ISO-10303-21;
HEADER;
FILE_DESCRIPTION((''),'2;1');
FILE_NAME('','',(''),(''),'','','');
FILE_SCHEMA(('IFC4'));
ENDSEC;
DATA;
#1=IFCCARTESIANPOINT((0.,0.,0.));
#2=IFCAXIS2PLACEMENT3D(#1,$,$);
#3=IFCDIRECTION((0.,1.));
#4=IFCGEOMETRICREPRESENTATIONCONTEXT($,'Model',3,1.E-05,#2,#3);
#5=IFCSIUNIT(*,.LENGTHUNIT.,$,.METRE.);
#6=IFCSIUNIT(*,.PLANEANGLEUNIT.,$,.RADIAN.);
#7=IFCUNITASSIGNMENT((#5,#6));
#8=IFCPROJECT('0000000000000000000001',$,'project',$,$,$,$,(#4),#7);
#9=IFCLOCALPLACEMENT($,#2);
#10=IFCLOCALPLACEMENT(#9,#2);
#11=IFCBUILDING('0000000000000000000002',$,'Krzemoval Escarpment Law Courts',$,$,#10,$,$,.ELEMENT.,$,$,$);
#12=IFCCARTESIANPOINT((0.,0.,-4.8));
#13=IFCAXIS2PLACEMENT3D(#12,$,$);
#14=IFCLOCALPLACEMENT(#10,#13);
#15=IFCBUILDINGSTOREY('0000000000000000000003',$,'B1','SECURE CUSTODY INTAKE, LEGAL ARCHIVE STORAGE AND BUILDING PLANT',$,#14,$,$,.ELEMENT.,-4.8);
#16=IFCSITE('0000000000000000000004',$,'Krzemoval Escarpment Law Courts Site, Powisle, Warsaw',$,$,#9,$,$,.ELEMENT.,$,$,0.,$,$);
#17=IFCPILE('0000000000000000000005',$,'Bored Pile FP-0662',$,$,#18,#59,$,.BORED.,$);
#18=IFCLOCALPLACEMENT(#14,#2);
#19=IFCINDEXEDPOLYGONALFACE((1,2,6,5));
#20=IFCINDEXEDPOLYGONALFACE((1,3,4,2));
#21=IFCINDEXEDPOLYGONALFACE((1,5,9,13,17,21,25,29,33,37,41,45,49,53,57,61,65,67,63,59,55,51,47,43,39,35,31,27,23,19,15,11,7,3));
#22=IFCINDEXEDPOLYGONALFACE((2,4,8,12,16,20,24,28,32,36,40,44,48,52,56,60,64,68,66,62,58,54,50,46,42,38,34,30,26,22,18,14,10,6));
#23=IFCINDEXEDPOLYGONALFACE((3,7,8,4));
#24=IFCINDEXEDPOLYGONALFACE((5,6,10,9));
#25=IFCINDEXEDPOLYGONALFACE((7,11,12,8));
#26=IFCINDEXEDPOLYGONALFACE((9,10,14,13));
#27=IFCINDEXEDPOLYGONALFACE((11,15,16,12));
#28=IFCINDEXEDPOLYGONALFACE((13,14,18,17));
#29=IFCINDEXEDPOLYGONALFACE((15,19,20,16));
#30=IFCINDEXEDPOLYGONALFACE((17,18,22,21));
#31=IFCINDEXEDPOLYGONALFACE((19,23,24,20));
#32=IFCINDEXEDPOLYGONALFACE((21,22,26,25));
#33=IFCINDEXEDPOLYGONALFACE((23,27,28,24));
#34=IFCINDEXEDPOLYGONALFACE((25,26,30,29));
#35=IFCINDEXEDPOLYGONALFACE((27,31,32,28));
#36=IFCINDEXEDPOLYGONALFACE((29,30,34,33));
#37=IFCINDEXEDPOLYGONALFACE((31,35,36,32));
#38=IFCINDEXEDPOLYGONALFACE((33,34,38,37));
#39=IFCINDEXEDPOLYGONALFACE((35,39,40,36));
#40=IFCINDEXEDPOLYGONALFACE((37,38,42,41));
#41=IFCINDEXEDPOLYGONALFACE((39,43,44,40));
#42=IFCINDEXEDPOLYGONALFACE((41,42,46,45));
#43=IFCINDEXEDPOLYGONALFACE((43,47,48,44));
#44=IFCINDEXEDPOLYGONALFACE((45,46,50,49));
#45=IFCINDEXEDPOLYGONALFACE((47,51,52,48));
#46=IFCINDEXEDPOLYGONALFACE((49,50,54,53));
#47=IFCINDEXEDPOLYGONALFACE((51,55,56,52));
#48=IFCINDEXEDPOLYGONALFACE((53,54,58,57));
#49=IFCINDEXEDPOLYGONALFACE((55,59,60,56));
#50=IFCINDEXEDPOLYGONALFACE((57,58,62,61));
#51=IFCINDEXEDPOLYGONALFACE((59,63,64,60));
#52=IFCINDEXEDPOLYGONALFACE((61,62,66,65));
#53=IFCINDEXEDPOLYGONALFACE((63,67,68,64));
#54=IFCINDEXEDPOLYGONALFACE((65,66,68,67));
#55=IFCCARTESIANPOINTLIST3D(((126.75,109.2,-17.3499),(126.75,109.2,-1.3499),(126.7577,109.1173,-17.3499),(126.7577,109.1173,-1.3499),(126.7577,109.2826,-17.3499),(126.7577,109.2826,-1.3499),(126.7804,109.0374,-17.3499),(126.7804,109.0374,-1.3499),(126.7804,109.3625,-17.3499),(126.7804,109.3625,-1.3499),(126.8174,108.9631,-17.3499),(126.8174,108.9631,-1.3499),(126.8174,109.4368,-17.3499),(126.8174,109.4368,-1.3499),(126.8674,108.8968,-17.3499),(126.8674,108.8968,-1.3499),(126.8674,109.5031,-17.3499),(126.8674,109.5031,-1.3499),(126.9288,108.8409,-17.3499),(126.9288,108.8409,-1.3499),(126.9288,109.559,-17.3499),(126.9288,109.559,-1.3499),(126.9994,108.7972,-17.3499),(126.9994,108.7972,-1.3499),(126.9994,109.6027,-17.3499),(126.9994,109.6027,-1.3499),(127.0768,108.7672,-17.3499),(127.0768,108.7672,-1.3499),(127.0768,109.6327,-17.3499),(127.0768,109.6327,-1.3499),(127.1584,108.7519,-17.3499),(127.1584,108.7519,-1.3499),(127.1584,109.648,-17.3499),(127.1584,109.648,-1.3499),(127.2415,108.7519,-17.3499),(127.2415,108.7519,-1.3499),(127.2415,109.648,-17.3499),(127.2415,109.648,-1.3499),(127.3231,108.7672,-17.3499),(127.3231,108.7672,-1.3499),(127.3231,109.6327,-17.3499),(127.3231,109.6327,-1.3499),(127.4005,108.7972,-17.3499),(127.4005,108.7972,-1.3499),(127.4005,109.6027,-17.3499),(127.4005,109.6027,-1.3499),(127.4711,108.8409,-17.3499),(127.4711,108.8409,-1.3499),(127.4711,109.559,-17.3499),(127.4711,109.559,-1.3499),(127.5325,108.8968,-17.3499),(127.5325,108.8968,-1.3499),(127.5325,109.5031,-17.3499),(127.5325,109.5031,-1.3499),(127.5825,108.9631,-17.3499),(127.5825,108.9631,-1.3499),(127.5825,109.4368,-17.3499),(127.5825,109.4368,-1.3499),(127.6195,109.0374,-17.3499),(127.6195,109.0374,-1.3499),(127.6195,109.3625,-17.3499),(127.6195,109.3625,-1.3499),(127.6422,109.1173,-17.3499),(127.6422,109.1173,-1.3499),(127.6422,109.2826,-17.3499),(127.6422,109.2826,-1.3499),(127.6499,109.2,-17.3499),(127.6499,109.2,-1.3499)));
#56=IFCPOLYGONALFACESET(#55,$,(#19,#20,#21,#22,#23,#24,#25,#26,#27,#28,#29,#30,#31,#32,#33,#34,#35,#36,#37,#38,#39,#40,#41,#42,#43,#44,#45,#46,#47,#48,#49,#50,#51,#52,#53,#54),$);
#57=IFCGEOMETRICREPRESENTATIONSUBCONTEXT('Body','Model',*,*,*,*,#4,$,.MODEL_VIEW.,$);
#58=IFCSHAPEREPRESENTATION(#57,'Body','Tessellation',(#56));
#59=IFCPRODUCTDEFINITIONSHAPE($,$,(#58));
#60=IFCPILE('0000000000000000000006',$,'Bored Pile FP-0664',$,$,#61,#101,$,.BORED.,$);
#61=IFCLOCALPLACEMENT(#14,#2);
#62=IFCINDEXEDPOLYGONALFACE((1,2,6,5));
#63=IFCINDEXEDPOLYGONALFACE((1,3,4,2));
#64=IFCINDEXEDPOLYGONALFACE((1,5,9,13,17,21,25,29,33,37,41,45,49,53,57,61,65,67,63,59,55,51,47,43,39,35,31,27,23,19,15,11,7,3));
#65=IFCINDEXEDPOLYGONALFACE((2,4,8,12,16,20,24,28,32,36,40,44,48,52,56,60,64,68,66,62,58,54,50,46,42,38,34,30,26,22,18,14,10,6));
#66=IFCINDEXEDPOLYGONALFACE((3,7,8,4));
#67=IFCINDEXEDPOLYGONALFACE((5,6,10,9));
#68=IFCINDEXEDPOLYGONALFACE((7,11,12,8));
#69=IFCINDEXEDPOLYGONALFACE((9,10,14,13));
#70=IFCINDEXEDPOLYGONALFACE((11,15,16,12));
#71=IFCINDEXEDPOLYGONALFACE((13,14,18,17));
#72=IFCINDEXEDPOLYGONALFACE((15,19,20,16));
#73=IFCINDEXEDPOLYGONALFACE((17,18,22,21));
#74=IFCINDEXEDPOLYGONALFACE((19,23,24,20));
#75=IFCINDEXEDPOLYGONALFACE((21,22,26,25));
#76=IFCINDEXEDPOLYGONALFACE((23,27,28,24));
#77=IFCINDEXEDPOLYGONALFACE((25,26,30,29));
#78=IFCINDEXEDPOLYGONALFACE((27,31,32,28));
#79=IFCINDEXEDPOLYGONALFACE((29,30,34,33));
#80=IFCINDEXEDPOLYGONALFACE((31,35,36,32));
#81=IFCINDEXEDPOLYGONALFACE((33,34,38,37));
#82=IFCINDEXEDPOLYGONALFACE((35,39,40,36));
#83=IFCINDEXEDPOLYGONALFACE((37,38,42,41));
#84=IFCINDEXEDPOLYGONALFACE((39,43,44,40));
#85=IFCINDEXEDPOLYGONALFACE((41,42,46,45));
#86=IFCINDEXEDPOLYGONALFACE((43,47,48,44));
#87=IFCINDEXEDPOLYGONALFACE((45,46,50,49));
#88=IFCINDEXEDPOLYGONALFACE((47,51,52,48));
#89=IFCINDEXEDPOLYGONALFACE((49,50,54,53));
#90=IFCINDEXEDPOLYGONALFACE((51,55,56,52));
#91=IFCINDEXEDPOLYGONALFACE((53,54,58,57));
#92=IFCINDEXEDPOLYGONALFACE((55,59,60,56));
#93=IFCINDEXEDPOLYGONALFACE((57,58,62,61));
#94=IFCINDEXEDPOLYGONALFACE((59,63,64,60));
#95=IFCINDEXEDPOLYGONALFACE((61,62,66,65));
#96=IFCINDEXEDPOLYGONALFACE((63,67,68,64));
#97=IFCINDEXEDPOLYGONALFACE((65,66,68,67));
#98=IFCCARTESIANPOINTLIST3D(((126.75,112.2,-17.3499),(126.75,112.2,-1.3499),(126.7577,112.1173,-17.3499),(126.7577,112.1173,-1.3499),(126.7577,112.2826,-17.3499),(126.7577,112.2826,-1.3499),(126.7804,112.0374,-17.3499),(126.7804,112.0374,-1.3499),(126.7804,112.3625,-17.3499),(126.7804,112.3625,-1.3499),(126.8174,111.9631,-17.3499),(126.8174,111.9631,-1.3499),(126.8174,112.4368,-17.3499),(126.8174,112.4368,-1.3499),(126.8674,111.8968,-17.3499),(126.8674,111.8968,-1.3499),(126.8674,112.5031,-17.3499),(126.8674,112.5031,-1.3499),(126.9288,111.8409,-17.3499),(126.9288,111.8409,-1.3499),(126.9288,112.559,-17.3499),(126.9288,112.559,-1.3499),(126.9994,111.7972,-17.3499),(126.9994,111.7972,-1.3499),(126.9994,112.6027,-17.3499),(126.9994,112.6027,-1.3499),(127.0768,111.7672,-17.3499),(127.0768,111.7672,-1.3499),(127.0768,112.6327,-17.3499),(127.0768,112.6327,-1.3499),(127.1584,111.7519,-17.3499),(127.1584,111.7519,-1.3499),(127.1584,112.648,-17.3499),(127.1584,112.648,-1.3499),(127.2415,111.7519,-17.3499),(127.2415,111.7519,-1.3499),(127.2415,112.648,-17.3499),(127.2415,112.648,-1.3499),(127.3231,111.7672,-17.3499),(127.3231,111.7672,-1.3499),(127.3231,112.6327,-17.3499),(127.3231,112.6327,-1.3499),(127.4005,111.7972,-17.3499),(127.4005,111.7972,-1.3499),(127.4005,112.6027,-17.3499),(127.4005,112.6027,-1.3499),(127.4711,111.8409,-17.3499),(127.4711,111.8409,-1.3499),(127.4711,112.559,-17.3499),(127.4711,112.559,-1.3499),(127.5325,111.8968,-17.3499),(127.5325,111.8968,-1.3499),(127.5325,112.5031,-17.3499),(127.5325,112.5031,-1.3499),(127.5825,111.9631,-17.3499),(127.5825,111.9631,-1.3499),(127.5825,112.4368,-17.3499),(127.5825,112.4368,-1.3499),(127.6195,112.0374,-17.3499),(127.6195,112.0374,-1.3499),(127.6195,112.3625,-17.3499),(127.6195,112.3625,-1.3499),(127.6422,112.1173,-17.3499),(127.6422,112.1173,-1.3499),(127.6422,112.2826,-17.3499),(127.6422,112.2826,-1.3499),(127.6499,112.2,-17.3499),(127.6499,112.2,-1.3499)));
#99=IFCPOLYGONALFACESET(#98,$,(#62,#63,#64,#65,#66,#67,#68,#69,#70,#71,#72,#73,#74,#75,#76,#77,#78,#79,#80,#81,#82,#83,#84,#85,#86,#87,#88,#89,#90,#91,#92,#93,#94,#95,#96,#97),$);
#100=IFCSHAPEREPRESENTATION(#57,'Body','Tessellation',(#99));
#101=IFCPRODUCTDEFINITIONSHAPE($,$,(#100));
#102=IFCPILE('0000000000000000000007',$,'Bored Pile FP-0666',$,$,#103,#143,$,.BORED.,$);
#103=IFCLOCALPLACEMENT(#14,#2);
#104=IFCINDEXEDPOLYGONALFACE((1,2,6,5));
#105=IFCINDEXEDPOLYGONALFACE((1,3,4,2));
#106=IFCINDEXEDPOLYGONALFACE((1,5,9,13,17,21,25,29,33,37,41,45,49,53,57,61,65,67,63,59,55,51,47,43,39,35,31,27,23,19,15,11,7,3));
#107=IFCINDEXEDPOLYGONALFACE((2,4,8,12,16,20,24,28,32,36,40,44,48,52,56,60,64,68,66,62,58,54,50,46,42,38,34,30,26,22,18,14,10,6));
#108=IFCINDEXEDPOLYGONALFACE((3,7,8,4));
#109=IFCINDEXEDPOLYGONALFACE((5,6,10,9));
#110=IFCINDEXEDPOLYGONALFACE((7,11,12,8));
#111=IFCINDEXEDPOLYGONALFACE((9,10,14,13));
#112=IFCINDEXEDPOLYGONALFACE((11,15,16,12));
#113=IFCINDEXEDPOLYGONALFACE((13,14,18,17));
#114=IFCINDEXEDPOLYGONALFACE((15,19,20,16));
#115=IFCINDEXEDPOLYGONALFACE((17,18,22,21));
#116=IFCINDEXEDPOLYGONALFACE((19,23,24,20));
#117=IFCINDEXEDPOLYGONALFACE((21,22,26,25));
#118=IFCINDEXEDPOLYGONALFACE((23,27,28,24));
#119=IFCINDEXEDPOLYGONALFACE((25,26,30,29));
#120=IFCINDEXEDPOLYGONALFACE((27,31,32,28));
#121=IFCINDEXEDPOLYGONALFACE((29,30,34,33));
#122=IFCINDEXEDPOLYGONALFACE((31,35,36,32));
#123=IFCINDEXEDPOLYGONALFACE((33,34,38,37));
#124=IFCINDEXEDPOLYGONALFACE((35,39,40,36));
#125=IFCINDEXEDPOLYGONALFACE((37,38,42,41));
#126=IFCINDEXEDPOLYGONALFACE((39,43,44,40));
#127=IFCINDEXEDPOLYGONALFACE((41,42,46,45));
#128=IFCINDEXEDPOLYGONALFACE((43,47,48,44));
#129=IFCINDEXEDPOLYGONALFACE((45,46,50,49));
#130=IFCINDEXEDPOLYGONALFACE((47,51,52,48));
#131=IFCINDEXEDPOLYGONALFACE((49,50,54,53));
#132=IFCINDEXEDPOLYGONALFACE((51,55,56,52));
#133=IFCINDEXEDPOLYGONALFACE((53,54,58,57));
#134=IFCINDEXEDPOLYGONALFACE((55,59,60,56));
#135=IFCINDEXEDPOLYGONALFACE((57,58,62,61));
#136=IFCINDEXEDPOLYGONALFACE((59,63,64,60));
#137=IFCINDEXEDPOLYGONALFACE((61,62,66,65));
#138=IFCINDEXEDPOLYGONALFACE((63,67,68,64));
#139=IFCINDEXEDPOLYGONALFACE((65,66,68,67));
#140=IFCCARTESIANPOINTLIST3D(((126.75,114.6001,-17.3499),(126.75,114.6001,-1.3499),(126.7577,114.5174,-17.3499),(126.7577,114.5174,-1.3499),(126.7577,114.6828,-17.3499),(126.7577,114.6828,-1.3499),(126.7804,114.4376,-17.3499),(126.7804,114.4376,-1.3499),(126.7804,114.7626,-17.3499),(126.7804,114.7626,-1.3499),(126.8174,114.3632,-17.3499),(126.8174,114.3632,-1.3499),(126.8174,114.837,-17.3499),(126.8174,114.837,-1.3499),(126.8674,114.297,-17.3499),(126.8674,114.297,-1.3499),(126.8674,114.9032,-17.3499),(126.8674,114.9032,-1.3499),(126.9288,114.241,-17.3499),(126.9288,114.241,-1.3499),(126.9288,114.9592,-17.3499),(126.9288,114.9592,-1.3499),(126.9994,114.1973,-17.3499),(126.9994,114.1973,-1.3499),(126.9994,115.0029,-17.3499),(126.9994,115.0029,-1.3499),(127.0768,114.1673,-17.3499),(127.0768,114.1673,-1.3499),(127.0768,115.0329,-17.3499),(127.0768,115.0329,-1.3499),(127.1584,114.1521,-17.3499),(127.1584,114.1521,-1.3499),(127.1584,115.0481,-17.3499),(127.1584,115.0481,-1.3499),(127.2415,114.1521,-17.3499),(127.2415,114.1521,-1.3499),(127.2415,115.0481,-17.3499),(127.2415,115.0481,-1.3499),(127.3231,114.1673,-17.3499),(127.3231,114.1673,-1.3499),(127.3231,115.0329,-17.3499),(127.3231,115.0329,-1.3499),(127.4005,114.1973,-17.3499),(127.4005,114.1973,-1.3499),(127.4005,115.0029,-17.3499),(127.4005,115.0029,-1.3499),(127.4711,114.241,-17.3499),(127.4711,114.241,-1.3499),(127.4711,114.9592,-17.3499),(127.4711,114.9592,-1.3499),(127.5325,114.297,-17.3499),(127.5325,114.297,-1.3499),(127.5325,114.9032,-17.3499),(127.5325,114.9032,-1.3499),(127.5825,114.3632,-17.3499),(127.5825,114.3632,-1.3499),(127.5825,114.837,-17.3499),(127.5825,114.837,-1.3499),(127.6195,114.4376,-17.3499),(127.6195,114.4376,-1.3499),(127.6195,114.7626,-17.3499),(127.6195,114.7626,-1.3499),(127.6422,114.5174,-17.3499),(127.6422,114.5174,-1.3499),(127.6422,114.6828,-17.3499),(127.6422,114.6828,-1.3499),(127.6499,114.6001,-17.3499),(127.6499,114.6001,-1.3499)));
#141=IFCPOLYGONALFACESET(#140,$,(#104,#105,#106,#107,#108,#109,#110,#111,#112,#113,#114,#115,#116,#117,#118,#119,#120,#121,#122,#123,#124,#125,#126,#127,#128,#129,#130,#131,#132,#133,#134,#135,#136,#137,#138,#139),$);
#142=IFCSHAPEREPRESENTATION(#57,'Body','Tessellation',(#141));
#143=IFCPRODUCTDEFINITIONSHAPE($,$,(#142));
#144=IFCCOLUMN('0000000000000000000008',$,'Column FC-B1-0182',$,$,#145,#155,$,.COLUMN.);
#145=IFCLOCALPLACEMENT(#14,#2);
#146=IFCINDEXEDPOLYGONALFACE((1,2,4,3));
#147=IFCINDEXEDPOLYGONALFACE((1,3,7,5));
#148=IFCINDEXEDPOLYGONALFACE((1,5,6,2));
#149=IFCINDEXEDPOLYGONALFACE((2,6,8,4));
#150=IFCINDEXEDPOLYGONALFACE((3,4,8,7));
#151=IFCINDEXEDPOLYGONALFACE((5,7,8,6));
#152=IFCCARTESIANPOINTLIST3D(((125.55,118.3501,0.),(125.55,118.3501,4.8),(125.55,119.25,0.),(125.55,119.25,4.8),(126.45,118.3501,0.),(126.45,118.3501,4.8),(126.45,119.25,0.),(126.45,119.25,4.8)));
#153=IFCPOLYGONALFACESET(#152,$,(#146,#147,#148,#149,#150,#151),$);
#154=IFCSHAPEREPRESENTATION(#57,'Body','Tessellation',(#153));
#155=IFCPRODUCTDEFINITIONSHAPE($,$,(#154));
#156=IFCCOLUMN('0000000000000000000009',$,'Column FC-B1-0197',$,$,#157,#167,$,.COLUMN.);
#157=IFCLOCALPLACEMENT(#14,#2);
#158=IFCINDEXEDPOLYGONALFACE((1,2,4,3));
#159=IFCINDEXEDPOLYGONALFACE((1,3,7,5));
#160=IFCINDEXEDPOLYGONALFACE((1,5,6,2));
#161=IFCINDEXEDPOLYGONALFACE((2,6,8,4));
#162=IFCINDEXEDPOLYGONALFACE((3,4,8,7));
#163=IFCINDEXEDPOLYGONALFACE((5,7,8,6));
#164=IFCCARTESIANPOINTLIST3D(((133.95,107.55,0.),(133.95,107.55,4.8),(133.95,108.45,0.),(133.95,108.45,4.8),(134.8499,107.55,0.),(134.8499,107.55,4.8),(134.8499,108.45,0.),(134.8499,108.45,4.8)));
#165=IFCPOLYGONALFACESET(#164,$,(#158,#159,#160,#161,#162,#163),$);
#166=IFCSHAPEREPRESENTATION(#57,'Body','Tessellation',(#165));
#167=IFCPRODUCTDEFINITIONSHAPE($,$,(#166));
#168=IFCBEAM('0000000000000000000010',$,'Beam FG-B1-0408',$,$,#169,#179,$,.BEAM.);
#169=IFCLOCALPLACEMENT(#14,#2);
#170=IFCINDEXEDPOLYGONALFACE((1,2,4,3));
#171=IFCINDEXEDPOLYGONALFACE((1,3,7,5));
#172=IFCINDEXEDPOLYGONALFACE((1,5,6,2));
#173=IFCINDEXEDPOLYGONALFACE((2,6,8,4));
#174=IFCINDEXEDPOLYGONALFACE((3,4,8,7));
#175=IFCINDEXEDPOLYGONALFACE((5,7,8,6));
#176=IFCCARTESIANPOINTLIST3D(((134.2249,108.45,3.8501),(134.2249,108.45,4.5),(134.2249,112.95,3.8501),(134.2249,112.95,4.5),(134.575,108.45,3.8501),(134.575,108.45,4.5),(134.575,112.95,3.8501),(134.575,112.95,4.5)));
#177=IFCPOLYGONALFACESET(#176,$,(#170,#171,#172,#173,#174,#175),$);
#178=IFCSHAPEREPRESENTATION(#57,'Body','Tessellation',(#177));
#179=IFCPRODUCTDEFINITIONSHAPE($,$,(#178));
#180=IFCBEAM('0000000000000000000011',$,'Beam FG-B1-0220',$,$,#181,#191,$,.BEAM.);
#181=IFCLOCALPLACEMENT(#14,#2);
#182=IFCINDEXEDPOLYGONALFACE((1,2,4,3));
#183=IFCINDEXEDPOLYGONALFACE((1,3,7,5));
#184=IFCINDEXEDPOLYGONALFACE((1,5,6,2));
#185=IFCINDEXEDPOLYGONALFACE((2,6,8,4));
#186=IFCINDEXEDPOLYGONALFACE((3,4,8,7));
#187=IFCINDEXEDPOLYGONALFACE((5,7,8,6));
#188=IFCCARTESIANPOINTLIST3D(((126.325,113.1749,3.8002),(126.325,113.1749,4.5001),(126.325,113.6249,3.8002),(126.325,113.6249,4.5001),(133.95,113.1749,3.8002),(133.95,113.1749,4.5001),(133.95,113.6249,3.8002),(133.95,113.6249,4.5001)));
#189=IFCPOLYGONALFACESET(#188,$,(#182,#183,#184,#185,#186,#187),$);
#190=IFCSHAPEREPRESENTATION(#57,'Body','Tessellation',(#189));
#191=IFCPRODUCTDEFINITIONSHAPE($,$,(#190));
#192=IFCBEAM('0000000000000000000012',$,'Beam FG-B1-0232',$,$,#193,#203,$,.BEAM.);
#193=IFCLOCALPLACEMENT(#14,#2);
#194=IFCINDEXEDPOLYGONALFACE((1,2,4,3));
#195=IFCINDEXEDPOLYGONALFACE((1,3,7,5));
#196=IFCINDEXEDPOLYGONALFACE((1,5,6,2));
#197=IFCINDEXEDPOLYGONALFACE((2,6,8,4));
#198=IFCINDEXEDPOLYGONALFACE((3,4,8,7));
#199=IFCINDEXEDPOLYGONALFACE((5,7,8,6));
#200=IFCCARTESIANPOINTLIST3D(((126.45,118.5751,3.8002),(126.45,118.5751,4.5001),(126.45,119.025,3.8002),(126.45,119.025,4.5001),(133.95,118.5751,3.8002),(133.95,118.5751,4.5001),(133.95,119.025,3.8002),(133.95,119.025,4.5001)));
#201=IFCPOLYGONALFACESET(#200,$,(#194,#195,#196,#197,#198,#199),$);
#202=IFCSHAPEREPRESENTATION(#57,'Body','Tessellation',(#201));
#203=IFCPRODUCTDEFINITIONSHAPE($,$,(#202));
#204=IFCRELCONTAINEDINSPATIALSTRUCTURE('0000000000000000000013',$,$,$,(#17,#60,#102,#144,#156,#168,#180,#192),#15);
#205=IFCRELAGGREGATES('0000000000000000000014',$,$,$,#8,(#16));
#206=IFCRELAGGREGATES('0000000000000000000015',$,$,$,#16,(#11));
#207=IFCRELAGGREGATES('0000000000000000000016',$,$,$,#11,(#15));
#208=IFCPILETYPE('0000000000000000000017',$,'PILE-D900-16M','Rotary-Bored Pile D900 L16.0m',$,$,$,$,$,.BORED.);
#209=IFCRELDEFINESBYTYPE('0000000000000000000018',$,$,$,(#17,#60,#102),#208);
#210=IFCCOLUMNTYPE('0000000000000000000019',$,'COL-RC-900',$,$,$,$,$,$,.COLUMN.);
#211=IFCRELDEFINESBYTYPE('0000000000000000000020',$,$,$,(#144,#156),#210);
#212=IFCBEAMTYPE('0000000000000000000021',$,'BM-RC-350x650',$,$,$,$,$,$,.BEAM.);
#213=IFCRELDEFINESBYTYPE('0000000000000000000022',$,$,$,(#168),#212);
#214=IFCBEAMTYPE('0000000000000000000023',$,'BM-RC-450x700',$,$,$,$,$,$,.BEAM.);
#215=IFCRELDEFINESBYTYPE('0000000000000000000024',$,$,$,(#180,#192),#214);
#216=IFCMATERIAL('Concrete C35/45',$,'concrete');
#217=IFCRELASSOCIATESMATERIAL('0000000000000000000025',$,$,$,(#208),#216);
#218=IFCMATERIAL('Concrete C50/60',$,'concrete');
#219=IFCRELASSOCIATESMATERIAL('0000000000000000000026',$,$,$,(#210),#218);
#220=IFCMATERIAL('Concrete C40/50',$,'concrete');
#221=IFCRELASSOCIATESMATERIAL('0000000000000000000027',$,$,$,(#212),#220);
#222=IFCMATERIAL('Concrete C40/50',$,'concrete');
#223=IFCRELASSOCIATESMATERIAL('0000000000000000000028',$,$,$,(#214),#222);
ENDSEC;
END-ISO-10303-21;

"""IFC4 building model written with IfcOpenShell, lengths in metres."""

from ifc_helpers import new_model, si_unit, direction, frame, origin, origin_2d, place, context, subcontext, project, spatial, rectangle, circle, extrude, material, material_profile, profile_set, type_object, element, save


model = new_model("IFC4")

# Units and contexts
model_context = context("Model", 3, precision=1e-05, world=origin(), true_north=direction((0.0, 1.0)))
body_context = subcontext(model_context, "Body", "Model", "MODEL_VIEW")
ifc_project = project(units=[si_unit("LENGTHUNIT", "METRE"), si_unit("PLANEANGLEUNIT", "RADIAN")], contexts=[model_context])

# Site, building, storey
site_placement = place(None, origin())
site = spatial("IfcSite", under=ifc_project, at=site_placement, Name="Krzemoval Escarpment Law Courts Site, Powisle, Warsaw", CompositionType="ELEMENT", RefElevation=0.0)
building_placement = place(site_placement, origin())
building = spatial("IfcBuilding", under=site, at=building_placement, Name="Krzemoval Escarpment Law Courts", CompositionType="ELEMENT")
storey_placement = place(building_placement, frame((0.0, 0.0, -4.8)))
storey = spatial("IfcBuildingStorey", under=building, at=storey_placement, Name="B1", Description="SECURE CUSTODY INTAKE, LEGAL ARCHIVE STORAGE AND BUILDING PLANT", CompositionType="ELEMENT", Elevation=-4.8)

# Piles
ifc_material_1 = material(Name="Concrete C35/45", Category="concrete")
ifc_material_profile_1 = material_profile(ifc_material_1, circle(Radius=0.45, at=origin_2d()), Name="PILE D900")
ifc_profile_set_1 = profile_set([ifc_material_profile_1], Name="Concrete C35/45")
pile_type_1 = type_object("IfcPileType", Name="PILE-D900-16M", Description="Rotary-Bored Pile D900 L16.0m", PredefinedType="BORED", material=ifc_profile_set_1)
for number, where, z_axis, x_axis, name in (
    (1, (127.2, 109.2, -1.3499), (0.0, 0.0, -1.0), (1.0, 0.0, 0.0), "Bored Pile FP-0662"),
    (2, (127.2, 112.2, -1.3499), (0.0, 0.0, -1.0), (1.0, 0.0, 0.0), "Bored Pile FP-0664"),
    (3, (127.2, 114.6001, -1.3499), (0.0, 0.0, -1.0), (1.0, 0.0, 0.0), "Bored Pile FP-0666"),
):
    element("IfcPile", number, at=place(storey_placement, frame(where, z_axis=z_axis, x_axis=x_axis)), inside=storey, type_object=pile_type_1, Name=name, PredefinedType="BORED", context=body_context, shape_type="SweptSolid", body=[
        extrude(circle(Radius=0.45, at=origin_2d()), origin(), (0.0, 0.0, 1.0), 16.0),
    ])

# Columns
ifc_material_2 = material(Name="Concrete C50/60", Category="concrete")
ifc_material_profile_2 = material_profile(ifc_material_2, rectangle(XDim=0.8999, YDim=0.8999, at=origin_2d()), Name="RC 900x900")
ifc_profile_set_2 = profile_set([ifc_material_profile_2], Name="Concrete C50/60")
column_type = type_object("IfcColumnType", Name="COL-RC-900", PredefinedType="COLUMN", material=ifc_profile_set_2)
for number, where, z_axis, x_axis, name in (
    (4, (126.0, 118.8, 0.0), (0.0, 0.0, 1.0), (1.0, 0.0, 0.0), "Column FC-B1-0182"),
    (5, (134.3999, 108.0, 0.0), (0.0, 0.0, 1.0), (1.0, 0.0, 0.0), "Column FC-B1-0197"),
):
    element("IfcColumn", number, at=place(storey_placement, frame(where, z_axis=z_axis, x_axis=x_axis)), inside=storey, type_object=column_type, Name=name, PredefinedType="COLUMN", context=body_context, shape_type="SweptSolid", body=[
        extrude(rectangle(XDim=0.8999, YDim=0.8999, at=origin_2d()), origin(), (0.0, 0.0, 1.0), 4.8),
    ])

# Beams
ifc_material_3 = material(Name="Concrete C40/50", Category="concrete")
ifc_material_profile_3 = material_profile(ifc_material_3, rectangle(XDim=0.3501, YDim=0.6499, at=origin_2d()), Name="RCB 350x650")
ifc_profile_set_3 = profile_set([ifc_material_profile_3], Name="Concrete C40/50")
beam_type_1 = type_object("IfcBeamType", Name="BM-RC-350x650", PredefinedType="BEAM", material=ifc_profile_set_3)
beam_1_placement = place(storey_placement, frame((134.3999, 108.45, 4.175), z_axis=(0.0, 1.0, 0.0), x_axis=(-1.0, 0.0, 0.0)))
element("IfcBeam", 6, at=beam_1_placement, inside=storey, type_object=beam_type_1, Name="Beam FG-B1-0408", PredefinedType="BEAM", context=body_context, shape_type="SweptSolid", body=[
    extrude(rectangle(XDim=0.3501, YDim=0.6499, at=origin_2d()), origin(), (0.0, 0.0, 1.0), 4.5),
])
ifc_material_4 = material(Name="Concrete C40/50", Category="concrete")
ifc_material_profile_4 = material_profile(ifc_material_4, rectangle(XDim=0.45, YDim=0.7, at=origin_2d()), Name="RCB 450x700")
ifc_profile_set_4 = profile_set([ifc_material_profile_4], Name="Concrete C40/50")
beam_type_2 = type_object("IfcBeamType", Name="BM-RC-450x700", PredefinedType="BEAM", material=ifc_profile_set_4)
beam_2_placement = place(storey_placement, frame((126.325, 113.3999, 4.1501), z_axis=(1.0, 0.0, 0.0), x_axis=(0.0, 1.0, 0.0)))
element("IfcBeam", 7, at=beam_2_placement, inside=storey, type_object=beam_type_2, Name="Beam FG-B1-0220", PredefinedType="BEAM", context=body_context, shape_type="SweptSolid", body=[
    extrude(rectangle(XDim=0.45, YDim=0.7, at=origin_2d()), origin(), (0.0, 0.0, 1.0), 7.625),
])
beam_3_placement = place(storey_placement, frame((126.45, 118.8, 4.1501), z_axis=(1.0, 0.0, 0.0), x_axis=(0.0, 1.0, 0.0)))
element("IfcBeam", 8, at=beam_3_placement, inside=storey, type_object=beam_type_2, Name="Beam FG-B1-0232", PredefinedType="BEAM", context=body_context, shape_type="SweptSolid", body=[
    extrude(rectangle(XDim=0.45, YDim=0.7, at=origin_2d()), origin(), (0.0, 0.0, 1.0), 7.5),
])

save(model, "model.ifc")
